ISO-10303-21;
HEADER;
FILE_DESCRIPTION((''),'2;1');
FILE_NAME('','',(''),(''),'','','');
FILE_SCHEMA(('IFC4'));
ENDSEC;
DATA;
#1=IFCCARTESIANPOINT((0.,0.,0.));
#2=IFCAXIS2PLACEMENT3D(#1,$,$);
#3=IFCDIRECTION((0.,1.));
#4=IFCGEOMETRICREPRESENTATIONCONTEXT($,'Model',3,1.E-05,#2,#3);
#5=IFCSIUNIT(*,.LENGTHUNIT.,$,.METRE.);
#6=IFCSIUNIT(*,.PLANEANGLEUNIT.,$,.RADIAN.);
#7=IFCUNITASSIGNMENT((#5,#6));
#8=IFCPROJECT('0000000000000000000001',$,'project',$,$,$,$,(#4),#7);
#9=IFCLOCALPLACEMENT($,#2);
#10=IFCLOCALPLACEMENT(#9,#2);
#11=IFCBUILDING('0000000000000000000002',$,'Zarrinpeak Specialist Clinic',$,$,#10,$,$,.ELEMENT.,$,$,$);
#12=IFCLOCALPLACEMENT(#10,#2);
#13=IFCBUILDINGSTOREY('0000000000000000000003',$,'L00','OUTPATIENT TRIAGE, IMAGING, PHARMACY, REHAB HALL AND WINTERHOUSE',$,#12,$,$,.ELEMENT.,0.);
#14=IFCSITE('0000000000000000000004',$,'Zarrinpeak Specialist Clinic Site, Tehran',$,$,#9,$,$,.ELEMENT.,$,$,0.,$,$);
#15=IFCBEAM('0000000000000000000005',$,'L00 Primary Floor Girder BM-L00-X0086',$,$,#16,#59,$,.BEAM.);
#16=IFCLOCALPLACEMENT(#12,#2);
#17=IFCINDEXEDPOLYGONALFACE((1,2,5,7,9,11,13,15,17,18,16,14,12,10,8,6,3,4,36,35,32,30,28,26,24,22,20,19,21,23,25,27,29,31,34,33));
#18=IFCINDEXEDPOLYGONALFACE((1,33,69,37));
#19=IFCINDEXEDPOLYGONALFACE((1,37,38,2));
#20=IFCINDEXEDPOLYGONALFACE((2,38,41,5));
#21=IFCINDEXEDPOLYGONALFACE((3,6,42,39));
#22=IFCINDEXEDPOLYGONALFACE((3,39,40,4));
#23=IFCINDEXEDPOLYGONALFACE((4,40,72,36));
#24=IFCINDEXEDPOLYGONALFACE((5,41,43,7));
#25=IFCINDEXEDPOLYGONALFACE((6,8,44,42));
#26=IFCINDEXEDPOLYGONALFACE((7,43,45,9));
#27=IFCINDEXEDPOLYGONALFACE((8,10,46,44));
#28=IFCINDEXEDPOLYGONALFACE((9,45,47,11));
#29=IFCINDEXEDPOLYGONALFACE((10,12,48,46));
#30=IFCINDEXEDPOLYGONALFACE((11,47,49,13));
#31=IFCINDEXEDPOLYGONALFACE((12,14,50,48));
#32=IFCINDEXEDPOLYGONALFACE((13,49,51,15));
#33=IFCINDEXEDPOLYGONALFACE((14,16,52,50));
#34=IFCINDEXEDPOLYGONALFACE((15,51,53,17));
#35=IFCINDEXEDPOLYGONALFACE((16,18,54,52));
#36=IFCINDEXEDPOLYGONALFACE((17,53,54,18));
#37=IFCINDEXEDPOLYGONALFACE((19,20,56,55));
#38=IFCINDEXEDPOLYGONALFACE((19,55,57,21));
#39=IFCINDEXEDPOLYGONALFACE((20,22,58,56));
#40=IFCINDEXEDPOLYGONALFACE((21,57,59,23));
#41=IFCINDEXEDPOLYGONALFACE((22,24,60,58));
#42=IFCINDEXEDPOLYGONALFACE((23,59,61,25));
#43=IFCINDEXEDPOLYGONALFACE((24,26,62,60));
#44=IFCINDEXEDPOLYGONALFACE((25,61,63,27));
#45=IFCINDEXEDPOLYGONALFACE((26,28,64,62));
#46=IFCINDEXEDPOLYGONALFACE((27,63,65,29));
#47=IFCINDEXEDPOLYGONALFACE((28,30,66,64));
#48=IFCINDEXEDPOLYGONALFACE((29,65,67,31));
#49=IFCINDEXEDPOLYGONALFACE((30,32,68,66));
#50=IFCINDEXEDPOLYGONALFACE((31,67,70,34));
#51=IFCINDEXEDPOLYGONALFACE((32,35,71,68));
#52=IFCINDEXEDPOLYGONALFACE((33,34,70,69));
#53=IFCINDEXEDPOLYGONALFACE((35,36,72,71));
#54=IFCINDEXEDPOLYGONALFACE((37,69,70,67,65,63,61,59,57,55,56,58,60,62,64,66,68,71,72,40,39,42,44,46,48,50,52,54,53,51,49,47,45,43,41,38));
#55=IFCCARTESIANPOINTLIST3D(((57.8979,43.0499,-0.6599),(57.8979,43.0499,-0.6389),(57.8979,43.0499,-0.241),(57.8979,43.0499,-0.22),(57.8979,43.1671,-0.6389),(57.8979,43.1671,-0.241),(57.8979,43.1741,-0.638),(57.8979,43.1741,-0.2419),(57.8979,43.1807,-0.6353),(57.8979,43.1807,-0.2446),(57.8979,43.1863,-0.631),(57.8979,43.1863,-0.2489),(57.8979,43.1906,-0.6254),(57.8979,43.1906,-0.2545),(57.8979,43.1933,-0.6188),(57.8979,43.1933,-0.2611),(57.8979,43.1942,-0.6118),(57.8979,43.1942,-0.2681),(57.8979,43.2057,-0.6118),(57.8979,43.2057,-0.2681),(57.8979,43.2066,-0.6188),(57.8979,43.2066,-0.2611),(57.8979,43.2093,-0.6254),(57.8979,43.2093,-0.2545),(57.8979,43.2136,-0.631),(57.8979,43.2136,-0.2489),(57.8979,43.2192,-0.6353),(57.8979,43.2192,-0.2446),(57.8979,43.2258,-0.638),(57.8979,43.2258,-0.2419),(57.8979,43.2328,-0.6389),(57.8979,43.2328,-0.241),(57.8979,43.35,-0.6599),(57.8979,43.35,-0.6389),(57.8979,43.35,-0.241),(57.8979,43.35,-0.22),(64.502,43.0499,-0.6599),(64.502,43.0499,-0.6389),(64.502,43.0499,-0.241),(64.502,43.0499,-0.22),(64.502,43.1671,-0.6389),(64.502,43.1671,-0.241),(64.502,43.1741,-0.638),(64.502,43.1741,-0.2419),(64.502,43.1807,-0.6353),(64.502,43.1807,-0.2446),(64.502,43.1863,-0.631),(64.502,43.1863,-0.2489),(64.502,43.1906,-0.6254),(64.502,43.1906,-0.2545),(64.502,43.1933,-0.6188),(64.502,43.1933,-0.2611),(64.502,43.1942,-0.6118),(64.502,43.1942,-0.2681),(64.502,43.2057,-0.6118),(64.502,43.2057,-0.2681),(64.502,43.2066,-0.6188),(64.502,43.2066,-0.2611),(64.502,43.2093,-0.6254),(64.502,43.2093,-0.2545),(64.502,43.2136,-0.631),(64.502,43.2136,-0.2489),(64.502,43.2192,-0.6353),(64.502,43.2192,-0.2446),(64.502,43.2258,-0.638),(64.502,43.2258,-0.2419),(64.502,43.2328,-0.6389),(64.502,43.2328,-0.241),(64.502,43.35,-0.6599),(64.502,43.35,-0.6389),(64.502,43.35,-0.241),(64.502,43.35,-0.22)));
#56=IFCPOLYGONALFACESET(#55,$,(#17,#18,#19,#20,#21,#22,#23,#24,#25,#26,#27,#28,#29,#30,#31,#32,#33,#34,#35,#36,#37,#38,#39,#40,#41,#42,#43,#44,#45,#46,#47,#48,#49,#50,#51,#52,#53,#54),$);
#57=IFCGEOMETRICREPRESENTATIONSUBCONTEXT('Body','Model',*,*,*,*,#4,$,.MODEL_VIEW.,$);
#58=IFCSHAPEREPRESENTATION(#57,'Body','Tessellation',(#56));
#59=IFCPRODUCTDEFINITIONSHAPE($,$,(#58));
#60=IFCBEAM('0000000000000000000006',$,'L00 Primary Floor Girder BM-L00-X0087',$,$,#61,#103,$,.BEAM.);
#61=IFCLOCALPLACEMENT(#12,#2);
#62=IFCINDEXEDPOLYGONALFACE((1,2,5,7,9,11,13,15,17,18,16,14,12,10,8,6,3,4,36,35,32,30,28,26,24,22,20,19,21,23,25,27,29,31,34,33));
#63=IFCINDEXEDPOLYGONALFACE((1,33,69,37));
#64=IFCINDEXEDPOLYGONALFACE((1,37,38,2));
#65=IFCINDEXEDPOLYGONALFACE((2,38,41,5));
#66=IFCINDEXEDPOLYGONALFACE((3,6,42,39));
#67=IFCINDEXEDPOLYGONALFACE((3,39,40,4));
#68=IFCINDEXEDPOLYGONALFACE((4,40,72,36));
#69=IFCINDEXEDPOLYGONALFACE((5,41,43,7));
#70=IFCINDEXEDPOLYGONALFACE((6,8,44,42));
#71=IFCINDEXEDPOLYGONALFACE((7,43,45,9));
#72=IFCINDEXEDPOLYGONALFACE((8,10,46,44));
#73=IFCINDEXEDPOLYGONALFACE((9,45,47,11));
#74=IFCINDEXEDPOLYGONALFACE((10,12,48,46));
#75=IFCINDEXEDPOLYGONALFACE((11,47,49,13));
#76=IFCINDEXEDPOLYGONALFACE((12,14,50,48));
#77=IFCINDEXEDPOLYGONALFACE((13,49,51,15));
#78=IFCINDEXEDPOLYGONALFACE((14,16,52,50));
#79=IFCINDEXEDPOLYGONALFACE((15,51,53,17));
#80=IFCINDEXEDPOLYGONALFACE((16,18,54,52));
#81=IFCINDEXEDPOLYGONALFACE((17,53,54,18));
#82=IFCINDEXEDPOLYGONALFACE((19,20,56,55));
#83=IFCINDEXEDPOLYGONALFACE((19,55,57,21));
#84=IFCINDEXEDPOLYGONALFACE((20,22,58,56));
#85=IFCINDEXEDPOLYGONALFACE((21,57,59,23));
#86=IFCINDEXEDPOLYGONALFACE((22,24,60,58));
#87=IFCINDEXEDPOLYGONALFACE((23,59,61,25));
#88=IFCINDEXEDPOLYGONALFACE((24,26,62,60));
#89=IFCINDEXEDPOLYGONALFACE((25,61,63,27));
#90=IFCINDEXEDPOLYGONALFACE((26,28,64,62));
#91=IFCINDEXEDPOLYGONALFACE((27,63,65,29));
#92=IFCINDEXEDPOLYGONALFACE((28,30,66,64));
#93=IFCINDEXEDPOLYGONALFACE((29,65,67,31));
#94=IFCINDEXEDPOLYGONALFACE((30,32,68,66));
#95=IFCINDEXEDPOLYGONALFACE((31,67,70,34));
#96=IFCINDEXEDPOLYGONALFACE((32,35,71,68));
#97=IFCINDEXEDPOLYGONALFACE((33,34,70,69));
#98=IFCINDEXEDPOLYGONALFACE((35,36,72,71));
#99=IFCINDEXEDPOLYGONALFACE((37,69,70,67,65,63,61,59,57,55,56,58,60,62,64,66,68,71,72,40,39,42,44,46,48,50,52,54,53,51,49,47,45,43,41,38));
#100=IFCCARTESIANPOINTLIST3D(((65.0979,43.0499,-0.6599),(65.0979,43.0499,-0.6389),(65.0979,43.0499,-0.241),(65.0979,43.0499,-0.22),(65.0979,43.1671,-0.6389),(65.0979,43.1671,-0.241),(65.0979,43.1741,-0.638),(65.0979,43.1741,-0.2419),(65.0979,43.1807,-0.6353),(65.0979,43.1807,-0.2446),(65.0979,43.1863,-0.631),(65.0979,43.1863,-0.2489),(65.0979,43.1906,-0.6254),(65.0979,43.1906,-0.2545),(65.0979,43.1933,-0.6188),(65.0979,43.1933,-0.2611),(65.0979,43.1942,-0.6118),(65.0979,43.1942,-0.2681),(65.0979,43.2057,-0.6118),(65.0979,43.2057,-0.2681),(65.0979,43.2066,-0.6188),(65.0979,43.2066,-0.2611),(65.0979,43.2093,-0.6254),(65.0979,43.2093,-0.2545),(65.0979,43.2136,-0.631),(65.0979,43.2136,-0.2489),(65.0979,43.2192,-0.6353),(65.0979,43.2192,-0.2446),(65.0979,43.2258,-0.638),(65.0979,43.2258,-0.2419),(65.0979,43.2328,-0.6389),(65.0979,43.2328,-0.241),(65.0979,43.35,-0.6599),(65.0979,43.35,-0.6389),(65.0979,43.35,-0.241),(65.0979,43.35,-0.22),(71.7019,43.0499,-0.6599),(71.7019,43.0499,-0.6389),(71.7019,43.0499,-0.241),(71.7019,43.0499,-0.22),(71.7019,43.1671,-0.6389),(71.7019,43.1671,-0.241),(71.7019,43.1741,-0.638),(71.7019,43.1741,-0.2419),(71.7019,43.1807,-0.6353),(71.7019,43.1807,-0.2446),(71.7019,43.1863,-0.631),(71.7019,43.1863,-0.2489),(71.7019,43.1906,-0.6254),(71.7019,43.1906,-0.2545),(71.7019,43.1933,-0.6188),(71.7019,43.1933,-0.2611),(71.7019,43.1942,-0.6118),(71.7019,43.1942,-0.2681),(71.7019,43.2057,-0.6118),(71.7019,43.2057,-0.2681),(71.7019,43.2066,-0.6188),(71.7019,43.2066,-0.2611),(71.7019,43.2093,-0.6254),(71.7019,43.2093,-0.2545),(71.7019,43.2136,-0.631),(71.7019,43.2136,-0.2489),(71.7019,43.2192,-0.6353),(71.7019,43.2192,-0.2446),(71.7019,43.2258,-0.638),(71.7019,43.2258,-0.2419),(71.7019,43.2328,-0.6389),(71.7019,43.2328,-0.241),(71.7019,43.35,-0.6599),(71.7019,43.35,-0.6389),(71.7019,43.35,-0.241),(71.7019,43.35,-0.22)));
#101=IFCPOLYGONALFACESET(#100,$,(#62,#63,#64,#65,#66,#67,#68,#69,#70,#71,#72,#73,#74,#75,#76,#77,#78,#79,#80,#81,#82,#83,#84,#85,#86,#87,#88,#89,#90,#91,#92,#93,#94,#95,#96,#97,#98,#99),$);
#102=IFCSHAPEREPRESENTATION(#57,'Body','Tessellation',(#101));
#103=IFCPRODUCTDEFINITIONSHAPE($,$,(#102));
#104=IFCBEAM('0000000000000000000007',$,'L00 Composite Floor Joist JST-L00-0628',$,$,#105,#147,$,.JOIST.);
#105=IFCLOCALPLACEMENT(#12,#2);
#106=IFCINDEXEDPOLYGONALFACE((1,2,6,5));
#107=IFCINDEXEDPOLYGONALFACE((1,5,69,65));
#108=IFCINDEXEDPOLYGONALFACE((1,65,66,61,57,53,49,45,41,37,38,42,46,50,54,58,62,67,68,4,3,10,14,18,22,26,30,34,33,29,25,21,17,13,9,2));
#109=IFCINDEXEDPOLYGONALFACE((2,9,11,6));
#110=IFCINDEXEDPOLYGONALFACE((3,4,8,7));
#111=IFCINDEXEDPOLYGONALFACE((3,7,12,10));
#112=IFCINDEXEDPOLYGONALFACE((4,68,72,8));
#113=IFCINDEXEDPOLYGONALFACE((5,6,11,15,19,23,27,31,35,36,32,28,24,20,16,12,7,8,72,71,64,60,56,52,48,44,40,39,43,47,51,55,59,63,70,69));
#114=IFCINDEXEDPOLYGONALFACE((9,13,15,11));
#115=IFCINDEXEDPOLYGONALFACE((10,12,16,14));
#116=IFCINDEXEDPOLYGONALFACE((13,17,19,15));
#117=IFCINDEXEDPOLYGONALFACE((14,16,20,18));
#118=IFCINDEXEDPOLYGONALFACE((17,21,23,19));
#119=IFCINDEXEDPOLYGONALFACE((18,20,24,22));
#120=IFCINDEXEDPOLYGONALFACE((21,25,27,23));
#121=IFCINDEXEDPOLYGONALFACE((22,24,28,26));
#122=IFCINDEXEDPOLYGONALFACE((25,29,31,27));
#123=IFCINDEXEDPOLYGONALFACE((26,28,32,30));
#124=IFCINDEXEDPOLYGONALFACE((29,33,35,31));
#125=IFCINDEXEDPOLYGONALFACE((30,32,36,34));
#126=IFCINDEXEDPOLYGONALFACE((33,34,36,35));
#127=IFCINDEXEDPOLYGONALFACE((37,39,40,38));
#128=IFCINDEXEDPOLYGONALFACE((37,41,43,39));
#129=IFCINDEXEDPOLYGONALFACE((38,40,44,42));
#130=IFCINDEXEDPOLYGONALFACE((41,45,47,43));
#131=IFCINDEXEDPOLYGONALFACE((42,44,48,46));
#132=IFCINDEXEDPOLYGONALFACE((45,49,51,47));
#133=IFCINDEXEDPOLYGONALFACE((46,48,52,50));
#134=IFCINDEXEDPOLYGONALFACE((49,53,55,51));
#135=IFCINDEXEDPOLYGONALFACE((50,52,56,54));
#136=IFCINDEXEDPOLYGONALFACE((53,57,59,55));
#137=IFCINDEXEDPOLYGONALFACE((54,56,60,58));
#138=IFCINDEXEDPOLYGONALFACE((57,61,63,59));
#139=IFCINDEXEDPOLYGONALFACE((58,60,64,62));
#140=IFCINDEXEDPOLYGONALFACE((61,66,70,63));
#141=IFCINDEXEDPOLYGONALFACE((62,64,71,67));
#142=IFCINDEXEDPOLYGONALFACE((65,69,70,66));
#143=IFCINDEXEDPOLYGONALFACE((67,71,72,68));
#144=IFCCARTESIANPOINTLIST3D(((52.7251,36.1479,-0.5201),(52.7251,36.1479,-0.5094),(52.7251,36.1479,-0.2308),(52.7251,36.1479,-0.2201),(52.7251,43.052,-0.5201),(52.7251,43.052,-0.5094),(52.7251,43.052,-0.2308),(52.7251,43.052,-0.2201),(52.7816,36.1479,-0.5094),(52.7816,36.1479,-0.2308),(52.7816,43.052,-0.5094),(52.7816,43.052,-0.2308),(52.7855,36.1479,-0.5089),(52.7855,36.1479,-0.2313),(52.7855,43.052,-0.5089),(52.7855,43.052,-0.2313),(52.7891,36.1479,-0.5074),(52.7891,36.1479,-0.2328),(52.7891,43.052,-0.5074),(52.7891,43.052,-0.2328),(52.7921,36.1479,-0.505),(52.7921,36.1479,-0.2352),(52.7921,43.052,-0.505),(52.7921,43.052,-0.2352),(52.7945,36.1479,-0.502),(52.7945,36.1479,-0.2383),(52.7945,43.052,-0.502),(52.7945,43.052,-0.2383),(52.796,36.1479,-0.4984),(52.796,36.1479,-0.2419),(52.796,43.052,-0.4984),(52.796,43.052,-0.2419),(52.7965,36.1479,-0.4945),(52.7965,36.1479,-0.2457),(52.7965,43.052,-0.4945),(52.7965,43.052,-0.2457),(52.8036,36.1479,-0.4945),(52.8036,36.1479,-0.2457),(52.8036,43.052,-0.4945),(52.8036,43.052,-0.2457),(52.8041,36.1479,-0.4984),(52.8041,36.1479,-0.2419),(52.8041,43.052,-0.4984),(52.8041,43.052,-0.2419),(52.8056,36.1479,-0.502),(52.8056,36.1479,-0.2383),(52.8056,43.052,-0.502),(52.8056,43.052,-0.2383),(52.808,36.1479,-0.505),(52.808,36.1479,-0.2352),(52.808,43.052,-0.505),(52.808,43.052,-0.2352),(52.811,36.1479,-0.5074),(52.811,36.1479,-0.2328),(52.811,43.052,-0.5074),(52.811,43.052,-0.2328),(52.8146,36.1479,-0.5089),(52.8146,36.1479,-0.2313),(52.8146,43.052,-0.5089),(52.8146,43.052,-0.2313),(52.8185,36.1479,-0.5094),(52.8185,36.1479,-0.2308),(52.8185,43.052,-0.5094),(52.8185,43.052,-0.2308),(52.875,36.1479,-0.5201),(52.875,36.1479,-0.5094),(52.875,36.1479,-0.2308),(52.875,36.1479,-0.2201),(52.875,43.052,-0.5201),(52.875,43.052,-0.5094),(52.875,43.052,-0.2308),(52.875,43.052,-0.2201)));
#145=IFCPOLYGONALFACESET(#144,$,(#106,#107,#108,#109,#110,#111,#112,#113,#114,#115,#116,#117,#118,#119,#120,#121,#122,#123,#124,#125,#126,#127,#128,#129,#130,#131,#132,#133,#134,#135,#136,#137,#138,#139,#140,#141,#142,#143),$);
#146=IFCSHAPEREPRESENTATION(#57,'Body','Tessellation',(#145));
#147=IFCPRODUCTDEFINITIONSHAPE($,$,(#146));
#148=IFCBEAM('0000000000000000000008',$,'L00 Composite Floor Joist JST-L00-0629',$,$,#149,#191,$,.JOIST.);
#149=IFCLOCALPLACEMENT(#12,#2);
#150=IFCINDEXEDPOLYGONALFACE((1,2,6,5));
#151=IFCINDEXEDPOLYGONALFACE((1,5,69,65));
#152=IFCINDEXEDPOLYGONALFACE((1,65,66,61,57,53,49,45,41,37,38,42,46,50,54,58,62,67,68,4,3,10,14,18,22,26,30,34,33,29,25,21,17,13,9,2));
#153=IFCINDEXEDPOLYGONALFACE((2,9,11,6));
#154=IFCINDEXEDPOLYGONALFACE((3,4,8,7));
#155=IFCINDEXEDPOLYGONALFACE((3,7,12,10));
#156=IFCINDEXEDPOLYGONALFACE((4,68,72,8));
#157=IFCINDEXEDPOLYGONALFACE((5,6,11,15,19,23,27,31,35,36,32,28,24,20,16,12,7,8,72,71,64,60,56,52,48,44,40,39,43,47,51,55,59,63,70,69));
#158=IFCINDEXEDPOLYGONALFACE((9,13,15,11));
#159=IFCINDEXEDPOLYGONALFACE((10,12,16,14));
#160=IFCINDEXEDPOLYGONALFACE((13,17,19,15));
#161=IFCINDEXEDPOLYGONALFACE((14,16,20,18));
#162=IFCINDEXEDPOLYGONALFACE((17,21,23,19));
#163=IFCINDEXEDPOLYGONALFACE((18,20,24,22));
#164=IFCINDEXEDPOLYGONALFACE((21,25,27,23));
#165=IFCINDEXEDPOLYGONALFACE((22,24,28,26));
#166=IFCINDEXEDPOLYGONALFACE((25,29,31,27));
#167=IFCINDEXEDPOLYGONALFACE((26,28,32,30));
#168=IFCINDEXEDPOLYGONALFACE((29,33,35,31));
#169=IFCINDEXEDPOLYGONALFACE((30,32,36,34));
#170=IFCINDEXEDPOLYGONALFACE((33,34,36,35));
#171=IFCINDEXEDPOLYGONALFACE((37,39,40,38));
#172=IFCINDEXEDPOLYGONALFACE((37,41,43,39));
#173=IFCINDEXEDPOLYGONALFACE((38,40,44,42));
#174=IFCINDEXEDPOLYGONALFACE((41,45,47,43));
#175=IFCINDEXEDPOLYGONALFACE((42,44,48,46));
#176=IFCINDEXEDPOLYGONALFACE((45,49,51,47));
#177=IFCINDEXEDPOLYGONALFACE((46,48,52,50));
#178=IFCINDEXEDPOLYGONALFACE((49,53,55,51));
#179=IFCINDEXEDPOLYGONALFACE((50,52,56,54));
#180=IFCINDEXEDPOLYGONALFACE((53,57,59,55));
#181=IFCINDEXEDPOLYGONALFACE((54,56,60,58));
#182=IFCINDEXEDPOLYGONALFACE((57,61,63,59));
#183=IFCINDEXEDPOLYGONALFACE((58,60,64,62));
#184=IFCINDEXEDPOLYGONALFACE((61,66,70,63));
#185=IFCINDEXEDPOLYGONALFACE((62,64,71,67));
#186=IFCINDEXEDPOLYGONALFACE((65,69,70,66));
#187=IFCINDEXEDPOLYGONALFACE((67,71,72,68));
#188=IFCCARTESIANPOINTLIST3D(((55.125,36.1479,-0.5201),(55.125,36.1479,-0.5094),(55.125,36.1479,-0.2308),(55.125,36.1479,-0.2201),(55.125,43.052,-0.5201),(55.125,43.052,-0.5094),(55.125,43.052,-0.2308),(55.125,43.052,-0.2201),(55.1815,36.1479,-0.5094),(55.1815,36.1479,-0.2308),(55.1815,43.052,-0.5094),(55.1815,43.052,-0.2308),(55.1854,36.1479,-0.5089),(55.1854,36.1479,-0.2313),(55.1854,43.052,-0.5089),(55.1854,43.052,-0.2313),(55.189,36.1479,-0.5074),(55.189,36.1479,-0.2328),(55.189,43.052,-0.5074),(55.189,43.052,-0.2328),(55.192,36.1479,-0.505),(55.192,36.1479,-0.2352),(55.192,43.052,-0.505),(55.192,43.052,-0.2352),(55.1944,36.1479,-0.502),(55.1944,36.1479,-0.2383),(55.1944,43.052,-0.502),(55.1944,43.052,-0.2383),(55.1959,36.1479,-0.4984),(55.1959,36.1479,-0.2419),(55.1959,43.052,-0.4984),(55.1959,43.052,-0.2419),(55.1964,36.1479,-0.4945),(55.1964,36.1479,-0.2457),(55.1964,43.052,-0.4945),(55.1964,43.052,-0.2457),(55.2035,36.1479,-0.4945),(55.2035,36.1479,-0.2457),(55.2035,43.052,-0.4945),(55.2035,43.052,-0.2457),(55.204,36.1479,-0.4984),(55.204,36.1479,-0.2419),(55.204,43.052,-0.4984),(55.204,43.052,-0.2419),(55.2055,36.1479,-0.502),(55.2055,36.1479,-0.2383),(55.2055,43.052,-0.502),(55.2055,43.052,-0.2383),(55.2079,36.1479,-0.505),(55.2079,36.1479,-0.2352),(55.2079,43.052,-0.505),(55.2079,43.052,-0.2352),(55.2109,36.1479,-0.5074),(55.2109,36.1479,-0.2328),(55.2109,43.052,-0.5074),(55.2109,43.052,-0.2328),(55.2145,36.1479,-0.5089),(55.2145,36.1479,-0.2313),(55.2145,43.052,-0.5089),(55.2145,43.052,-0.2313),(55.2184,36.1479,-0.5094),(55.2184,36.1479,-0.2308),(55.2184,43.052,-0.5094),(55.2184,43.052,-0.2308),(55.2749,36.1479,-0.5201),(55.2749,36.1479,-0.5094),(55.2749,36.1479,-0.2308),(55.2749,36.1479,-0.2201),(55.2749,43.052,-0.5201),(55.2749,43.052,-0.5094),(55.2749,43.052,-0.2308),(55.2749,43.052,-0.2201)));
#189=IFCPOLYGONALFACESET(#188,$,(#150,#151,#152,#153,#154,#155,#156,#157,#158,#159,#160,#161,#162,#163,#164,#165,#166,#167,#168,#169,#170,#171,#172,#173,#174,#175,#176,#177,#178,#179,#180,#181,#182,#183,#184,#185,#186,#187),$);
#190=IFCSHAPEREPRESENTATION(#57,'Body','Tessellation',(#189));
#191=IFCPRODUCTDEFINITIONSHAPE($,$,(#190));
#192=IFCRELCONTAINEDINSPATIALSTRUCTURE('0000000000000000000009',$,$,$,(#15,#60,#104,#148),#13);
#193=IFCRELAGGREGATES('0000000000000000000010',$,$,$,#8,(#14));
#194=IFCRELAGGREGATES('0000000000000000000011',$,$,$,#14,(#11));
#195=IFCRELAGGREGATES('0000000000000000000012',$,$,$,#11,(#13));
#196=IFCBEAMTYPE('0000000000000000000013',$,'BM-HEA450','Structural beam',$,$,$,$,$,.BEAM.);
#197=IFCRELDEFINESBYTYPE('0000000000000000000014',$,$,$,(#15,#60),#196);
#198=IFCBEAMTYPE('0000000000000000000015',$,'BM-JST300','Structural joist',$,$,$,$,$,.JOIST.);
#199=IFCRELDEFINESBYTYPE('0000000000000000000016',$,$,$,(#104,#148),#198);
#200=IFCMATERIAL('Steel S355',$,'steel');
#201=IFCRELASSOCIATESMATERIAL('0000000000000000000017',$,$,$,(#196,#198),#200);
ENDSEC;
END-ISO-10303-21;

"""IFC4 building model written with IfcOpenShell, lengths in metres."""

from ifc_helpers import new_model, si_unit, direction, frame, origin, origin_2d, place, context, subcontext, project, spatial, i_section, extrude, material, material_profile, profile_set, type_object, element, save


model = new_model("IFC4")

# Units and contexts
model_context = context("Model", 3, precision=1e-05, world=origin(), true_north=direction((0.0, 1.0)))
body_context = subcontext(model_context, "Body", "Model", "MODEL_VIEW")
ifc_project = project(units=[si_unit("LENGTHUNIT", "METRE"), si_unit("PLANEANGLEUNIT", "RADIAN")], contexts=[model_context])

# Site, building, storey
site_placement = place(None, origin())
site = spatial("IfcSite", under=ifc_project, at=site_placement, Name="Zarrinpeak Specialist Clinic Site, Tehran", CompositionType="ELEMENT", RefElevation=0.0)
building_placement = place(site_placement, origin())
building = spatial("IfcBuilding", under=site, at=building_placement, Name="Zarrinpeak Specialist Clinic", CompositionType="ELEMENT")
storey_placement = place(building_placement, origin())
storey = spatial("IfcBuildingStorey", under=building, at=storey_placement, Name="L00", Description="OUTPATIENT TRIAGE, IMAGING, PHARMACY, REHAB HALL AND WINTERHOUSE", CompositionType="ELEMENT", Elevation=0.0)

# Beams
ifc_material_1 = material(Name="Steel S355", Category="steel")
ifc_material_profile_1 = material_profile(ifc_material_1, i_section(OverallWidth=0.3, OverallDepth=0.4399, WebThickness=0.0115, FlangeThickness=0.021, FilletRadius=0.0271, at=origin_2d()), Name="HEA 450")
ifc_profile_set_1 = profile_set([ifc_material_profile_1], Name="Steel S355")
beam_type_1 = type_object("IfcBeamType", Name="BM-HEA450", Description="Structural beam", PredefinedType="BEAM", material=ifc_profile_set_1)
for number, where, z_axis, x_axis, name in (
    (1, (57.8979, 43.2, -0.4399), (1.0, 0.0, 0.0), (0.0, 1.0, 0.0), "L00 Primary Floor Girder BM-L00-X0086"),
    (2, (65.0979, 43.2, -0.4399), (1.0, 0.0, 0.0), (0.0, 1.0, 0.0), "L00 Primary Floor Girder BM-L00-X0087"),
):
    element("IfcBeam", number, at=place(storey_placement, frame(where, z_axis=z_axis, x_axis=x_axis)), inside=storey, type_object=beam_type_1, Name=name, PredefinedType="BEAM", context=body_context, shape_type="SweptSolid", body=[
        extrude(i_section(OverallWidth=0.3, OverallDepth=0.4399, WebThickness=0.0115, FlangeThickness=0.021, FilletRadius=0.0271, at=origin_2d()), origin(), (0.0, 0.0, 1.0), 6.604),
    ])
ifc_material_profile_2 = material_profile(ifc_material_1, i_section(OverallWidth=0.1499, OverallDepth=0.3, WebThickness=0.0071, FlangeThickness=0.0107, FilletRadius=0.0149, at=origin_2d()), Name="IPE 300")
ifc_profile_set_2 = profile_set([ifc_material_profile_2], Name="Steel S355")
beam_type_2 = type_object("IfcBeamType", Name="BM-JST300", Description="Structural joist", PredefinedType="JOIST", material=ifc_profile_set_2)
for number, where, z_axis, x_axis, name in (
    (3, (52.8, 36.1479, -0.3701), (0.0, 1.0, 0.0), (-1.0, 0.0, 0.0), "L00 Composite Floor Joist JST-L00-0628"),
    (4, (55.2, 36.1479, -0.3701), (0.0, 1.0, 0.0), (-1.0, 0.0, 0.0), "L00 Composite Floor Joist JST-L00-0629"),
):
    element("IfcBeam", number, at=place(storey_placement, frame(where, z_axis=z_axis, x_axis=x_axis)), inside=storey, type_object=beam_type_2, Name=name, PredefinedType="JOIST", context=body_context, shape_type="SweptSolid", body=[
        extrude(i_section(OverallWidth=0.1499, OverallDepth=0.3, WebThickness=0.0071, FlangeThickness=0.0107, FilletRadius=0.0149, at=origin_2d()), origin(), (0.0, 0.0, 1.0), 6.9041),
    ])

save(model, "model.ifc")
